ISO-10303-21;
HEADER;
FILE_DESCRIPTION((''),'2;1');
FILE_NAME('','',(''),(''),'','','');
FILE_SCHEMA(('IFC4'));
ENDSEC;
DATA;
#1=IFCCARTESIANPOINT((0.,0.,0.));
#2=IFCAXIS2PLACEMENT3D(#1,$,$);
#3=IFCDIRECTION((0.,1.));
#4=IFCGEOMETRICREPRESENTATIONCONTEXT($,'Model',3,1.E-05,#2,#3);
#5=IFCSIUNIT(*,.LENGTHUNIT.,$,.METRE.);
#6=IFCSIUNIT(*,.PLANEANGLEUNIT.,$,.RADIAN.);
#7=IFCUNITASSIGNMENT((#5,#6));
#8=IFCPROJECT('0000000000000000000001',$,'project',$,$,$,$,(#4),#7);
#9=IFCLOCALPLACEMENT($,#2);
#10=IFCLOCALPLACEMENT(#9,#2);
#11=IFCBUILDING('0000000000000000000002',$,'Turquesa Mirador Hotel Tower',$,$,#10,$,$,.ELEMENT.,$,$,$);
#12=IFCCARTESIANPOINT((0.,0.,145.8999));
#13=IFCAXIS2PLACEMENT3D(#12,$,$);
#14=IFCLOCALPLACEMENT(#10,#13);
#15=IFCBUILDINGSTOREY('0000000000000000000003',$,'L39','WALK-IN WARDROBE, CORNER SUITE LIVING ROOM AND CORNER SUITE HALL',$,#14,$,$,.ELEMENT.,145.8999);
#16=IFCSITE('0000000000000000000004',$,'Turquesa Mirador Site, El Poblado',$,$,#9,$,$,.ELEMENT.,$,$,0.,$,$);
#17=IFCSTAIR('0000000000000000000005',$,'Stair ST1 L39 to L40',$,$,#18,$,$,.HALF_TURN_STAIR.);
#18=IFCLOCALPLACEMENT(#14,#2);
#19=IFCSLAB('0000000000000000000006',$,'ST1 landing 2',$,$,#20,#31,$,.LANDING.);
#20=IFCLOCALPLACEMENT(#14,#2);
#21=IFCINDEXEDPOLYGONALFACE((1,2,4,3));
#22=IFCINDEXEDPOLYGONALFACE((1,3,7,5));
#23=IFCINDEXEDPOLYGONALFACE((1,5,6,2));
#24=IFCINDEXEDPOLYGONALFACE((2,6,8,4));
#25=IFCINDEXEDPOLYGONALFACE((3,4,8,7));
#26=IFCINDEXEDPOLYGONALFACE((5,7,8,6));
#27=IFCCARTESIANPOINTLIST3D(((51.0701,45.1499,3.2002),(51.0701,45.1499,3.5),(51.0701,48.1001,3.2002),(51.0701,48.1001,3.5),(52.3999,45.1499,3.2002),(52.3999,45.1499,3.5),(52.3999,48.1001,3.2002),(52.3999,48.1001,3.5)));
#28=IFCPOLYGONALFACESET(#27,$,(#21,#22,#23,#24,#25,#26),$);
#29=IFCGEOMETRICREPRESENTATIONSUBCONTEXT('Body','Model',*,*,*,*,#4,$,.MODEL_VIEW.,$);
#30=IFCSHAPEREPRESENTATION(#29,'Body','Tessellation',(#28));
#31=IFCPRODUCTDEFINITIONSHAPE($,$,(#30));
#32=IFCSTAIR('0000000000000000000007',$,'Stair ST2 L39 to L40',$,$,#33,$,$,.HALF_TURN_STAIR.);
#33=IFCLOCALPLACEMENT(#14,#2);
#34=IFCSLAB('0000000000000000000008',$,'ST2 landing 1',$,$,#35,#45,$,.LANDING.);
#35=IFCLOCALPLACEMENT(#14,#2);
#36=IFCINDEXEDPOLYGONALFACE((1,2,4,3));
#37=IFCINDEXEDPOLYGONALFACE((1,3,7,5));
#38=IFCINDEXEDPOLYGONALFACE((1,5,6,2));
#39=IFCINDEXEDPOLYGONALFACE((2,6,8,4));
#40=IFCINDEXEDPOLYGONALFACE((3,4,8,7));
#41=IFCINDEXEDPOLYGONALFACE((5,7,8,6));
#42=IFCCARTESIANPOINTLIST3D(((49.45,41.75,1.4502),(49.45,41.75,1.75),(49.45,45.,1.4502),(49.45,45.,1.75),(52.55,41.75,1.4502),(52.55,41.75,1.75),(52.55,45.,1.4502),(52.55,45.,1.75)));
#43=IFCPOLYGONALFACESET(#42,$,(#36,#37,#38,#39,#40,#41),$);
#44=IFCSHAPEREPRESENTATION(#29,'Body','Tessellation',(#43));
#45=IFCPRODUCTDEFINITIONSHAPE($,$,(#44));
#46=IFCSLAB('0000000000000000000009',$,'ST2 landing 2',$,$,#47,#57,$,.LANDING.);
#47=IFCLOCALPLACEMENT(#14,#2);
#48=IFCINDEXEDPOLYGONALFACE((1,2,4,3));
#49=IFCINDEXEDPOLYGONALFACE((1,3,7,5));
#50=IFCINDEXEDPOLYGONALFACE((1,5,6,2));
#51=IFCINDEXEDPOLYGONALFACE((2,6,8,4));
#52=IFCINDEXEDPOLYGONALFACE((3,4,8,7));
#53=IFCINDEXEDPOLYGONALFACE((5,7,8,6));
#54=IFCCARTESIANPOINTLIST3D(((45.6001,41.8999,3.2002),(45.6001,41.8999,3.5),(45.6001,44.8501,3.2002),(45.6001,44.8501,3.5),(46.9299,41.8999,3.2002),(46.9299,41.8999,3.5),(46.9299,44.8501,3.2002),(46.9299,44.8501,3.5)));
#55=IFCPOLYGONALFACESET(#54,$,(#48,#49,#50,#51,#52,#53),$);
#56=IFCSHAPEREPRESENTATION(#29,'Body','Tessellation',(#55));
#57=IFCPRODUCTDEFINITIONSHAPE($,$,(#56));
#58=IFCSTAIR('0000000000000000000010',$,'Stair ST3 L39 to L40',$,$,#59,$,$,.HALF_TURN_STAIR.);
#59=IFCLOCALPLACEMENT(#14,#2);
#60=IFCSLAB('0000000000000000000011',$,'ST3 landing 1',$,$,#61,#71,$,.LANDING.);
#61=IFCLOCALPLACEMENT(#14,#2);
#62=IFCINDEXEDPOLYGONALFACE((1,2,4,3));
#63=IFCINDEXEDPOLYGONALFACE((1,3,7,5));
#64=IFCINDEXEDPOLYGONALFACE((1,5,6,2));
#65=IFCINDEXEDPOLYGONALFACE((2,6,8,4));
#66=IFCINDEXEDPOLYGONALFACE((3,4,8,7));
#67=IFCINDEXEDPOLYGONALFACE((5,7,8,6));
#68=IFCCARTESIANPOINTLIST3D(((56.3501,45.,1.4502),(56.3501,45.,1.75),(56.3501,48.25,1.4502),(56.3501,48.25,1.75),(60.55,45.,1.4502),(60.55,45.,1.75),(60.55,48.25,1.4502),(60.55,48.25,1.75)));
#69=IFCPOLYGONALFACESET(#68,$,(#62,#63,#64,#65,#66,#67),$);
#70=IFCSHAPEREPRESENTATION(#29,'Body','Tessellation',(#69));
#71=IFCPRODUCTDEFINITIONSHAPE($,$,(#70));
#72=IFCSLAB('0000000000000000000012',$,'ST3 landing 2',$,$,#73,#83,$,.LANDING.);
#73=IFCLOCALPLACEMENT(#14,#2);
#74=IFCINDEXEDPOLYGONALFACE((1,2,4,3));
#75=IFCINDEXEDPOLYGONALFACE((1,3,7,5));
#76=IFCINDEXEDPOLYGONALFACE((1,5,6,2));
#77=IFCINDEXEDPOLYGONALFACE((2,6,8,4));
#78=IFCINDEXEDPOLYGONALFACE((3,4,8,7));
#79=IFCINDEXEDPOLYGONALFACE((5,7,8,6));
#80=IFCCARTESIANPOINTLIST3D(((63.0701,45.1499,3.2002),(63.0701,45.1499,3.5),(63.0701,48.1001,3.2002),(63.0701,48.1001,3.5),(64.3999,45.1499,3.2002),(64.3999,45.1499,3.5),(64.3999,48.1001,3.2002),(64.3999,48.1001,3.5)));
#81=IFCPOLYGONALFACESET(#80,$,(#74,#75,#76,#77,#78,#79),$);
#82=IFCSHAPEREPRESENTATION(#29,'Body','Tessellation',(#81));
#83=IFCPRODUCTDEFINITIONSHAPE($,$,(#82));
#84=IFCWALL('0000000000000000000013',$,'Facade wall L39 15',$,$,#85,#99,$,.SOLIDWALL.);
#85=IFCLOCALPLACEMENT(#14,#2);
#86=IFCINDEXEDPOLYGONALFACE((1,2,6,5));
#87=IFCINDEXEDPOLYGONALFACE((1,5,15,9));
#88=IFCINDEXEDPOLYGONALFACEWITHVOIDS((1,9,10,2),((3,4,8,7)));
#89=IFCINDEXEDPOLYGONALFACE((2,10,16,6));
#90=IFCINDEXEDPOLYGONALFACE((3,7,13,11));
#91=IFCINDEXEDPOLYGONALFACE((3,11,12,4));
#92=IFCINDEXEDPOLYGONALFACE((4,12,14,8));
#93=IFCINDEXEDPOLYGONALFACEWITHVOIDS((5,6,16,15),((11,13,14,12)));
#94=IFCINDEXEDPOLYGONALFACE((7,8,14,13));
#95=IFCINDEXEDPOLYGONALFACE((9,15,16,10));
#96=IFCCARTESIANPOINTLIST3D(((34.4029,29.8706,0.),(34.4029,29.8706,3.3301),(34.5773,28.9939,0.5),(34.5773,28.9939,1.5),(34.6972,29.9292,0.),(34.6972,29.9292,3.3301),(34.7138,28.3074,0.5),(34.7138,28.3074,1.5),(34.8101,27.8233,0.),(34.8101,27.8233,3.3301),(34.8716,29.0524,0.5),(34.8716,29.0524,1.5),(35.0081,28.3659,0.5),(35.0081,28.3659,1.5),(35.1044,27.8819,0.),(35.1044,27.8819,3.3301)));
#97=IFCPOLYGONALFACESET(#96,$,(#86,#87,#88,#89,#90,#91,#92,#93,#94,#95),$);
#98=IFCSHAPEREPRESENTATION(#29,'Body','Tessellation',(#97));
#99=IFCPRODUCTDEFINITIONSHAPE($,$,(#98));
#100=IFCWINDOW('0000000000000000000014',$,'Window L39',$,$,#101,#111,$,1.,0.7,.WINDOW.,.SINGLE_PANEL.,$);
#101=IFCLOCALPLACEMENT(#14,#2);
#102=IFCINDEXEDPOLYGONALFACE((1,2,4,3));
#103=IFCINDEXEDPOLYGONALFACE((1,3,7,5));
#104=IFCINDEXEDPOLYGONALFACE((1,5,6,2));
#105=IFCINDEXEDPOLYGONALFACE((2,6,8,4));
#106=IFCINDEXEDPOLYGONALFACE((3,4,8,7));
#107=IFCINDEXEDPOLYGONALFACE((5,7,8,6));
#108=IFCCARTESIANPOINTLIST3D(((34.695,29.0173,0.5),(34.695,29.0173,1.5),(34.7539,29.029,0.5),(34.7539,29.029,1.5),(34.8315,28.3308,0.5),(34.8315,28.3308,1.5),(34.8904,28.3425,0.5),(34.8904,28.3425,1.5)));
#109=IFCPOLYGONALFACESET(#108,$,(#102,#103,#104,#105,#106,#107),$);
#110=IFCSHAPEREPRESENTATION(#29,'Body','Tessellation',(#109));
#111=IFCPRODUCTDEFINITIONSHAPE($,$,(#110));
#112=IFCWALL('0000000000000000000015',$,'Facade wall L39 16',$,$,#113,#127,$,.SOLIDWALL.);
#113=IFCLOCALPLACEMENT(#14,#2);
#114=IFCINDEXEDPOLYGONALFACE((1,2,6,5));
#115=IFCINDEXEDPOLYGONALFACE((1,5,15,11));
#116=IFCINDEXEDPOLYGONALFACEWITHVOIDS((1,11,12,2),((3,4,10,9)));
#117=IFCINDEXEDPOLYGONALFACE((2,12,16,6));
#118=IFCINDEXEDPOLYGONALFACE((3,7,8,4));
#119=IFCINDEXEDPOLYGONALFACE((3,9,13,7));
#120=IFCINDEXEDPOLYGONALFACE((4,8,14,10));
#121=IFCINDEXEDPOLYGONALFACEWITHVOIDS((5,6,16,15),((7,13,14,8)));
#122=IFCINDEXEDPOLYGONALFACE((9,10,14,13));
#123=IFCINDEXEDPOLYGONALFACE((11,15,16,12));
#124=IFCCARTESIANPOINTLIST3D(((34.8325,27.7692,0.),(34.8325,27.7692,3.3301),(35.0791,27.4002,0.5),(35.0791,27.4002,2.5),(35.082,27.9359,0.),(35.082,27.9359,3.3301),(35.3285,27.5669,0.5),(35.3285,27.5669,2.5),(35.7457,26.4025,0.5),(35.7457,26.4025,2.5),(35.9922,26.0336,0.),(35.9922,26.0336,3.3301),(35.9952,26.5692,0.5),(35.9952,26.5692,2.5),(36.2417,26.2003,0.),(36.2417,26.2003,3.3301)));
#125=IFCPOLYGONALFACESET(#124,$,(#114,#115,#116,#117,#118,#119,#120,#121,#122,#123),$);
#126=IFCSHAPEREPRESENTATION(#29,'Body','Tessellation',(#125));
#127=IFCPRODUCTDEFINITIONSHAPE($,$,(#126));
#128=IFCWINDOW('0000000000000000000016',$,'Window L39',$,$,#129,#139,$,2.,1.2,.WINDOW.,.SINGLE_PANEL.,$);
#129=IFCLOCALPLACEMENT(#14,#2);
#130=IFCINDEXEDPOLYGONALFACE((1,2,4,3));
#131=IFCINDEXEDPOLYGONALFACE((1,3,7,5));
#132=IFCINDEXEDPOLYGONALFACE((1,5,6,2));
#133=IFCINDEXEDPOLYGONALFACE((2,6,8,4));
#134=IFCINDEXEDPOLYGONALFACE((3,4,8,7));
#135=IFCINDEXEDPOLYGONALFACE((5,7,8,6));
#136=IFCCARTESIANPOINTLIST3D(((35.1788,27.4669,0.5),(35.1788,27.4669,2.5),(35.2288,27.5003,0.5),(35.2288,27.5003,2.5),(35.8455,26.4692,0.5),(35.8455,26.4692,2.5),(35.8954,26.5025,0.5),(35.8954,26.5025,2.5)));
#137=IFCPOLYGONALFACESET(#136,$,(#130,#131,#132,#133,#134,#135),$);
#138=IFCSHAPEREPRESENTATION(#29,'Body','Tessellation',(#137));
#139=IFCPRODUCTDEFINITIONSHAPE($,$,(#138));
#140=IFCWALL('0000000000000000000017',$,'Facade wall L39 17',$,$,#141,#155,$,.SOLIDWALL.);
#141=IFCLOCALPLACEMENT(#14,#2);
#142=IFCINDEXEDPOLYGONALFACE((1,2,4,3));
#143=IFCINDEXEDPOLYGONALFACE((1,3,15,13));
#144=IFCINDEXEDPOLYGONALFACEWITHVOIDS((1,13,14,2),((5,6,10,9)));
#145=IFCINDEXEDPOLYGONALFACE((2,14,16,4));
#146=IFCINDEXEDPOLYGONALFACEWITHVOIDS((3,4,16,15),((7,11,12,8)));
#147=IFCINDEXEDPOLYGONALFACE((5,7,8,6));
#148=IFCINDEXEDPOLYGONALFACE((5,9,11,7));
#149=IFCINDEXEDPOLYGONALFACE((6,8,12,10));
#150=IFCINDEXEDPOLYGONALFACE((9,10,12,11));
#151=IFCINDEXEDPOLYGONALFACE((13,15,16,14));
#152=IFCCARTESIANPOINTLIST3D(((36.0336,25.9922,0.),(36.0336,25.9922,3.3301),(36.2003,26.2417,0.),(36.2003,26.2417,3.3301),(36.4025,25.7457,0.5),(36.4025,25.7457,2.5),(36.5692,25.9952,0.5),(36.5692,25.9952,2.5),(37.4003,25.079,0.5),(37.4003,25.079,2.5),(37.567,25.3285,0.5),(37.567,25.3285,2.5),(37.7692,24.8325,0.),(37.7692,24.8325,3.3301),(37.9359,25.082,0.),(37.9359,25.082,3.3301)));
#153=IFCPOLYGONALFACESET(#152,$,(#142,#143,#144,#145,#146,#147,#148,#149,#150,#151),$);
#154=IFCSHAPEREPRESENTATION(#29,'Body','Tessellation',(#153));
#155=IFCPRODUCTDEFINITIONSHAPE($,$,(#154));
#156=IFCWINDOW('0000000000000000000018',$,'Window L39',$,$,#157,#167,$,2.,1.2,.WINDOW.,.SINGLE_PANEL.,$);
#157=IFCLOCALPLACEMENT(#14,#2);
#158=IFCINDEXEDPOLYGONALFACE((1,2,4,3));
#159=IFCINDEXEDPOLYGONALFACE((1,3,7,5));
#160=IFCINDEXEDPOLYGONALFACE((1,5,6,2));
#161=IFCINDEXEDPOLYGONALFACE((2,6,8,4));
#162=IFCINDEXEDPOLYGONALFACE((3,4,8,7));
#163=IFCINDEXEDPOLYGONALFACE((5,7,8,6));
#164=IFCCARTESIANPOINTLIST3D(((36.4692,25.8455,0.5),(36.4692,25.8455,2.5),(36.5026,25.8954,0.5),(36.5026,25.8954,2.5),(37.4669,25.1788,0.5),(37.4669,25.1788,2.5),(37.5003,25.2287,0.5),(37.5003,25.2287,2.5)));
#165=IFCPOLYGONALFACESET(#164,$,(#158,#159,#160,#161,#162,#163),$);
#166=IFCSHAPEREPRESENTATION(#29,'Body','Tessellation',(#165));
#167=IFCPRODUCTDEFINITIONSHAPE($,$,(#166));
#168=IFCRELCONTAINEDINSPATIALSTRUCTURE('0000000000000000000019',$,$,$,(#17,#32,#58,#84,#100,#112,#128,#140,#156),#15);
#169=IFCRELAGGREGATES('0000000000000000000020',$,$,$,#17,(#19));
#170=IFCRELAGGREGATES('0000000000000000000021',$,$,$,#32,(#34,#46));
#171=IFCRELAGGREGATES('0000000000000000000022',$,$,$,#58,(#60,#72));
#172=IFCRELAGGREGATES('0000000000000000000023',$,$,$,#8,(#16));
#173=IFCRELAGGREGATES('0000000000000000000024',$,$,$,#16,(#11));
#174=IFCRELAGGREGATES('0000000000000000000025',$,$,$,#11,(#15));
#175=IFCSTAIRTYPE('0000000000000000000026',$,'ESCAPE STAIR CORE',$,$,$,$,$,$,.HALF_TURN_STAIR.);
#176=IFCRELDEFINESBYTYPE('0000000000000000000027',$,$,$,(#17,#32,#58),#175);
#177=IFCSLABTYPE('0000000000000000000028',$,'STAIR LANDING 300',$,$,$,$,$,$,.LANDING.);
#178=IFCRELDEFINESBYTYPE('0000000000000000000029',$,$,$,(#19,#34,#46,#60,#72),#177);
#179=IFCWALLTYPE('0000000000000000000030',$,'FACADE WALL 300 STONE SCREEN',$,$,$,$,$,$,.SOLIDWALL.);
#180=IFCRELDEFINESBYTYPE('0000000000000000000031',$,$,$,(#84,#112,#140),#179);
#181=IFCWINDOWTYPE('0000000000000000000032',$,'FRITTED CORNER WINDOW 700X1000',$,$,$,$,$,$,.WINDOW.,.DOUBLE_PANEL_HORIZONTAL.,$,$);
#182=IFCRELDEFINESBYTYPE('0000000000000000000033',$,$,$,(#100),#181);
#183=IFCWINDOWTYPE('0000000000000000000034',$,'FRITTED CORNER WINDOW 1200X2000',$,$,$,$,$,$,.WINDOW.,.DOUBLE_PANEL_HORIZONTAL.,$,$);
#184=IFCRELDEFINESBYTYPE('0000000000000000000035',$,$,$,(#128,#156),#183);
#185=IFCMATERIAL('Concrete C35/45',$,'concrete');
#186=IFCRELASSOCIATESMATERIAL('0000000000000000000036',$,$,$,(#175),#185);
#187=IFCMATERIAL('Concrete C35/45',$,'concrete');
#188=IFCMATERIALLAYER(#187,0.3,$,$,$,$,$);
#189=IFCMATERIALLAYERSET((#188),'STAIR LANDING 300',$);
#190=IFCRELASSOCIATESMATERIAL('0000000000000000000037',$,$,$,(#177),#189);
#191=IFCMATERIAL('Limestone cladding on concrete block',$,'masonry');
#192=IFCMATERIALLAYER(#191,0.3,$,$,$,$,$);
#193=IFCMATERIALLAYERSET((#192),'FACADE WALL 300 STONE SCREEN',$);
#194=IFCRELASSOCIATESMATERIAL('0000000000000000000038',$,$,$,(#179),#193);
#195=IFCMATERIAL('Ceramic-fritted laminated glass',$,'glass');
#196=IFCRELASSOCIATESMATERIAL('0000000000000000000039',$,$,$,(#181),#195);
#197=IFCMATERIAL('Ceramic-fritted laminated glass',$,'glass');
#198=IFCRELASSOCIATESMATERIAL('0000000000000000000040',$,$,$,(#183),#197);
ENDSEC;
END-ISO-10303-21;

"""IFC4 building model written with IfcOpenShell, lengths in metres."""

from ifc_helpers import new_model, si_unit, direction, frame, frame_2d, origin, place, context, subcontext, project, spatial, polyline, rectangle, outline, extrude, material, layer, layer_set, type_object, element, fill, aggregate, save


model = new_model("IFC4")

# Units and contexts
model_context = context("Model", 3, precision=1e-05, world=origin(), true_north=direction((0.0, 1.0)))
body_context = subcontext(model_context, "Body", "Model", "MODEL_VIEW")
ifc_project = project(units=[si_unit("LENGTHUNIT", "METRE"), si_unit("PLANEANGLEUNIT", "RADIAN")], contexts=[model_context])

# Site, building, storey
site_placement = place(None, origin())
site = spatial("IfcSite", under=ifc_project, at=site_placement, Name="Turquesa Mirador Site, El Poblado", CompositionType="ELEMENT", RefElevation=0.0)
building_placement = place(site_placement, origin())
building = spatial("IfcBuilding", under=site, at=building_placement, Name="Turquesa Mirador Hotel Tower", CompositionType="ELEMENT")
storey_placement = place(building_placement, frame((0.0, 0.0, 145.8999)))
storey = spatial("IfcBuildingStorey", under=building, at=storey_placement, Name="L39", Description="WALK-IN WARDROBE, CORNER SUITE LIVING ROOM AND CORNER SUITE HALL", CompositionType="ELEMENT", Elevation=145.8999)

# Stairs, slabs
ifc_material_1 = material(Name="Concrete C35/45", Category="concrete")
stair_type = type_object("IfcStairType", Name="ESCAPE STAIR CORE", PredefinedType="HALF_TURN_STAIR", material=ifc_material_1)
stair_1_placement = place(storey_placement, origin())
stair_1 = element("IfcStair", 1, at=stair_1_placement, inside=storey, type_object=stair_type, Name="Stair ST1 L39 to L40", PredefinedType="HALF_TURN_STAIR")
ifc_material_2 = material(Name="Concrete C35/45", Category="concrete")
ifc_layer_1 = layer(ifc_material_2, 0.3)
ifc_layer_set_1 = layer_set([ifc_layer_1], Name="STAIR LANDING 300")
slab_type_1 = type_object("IfcSlabType", Name="STAIR LANDING 300", PredefinedType="LANDING", material=ifc_layer_set_1)
slab_1_placement = place(storey_placement, frame((0.0, 0.0, 3.2002)))
slab_1 = element("IfcSlab", 2, at=slab_1_placement, type_object=slab_type_1, Name="ST1 landing 2", PredefinedType="LANDING", context=body_context, shape_type="SweptSolid", body=[
    extrude(outline(polyline([(51.0701, 45.1499), (52.3999, 45.1499), (52.3999, 48.1001), (51.0701, 48.1001), (51.0701, 45.1499)])), origin(), (0.0, 0.0, 1.0), 0.2998),
])
aggregate(stair_1, [slab_1])
stair_2_placement = place(storey_placement, origin())
stair_2 = element("IfcStair", 3, at=stair_2_placement, inside=storey, type_object=stair_type, Name="Stair ST2 L39 to L40", PredefinedType="HALF_TURN_STAIR")
slab_2_placement = place(storey_placement, frame((0.0, 0.0, 1.4502)))
slab_2 = element("IfcSlab", 4, at=slab_2_placement, type_object=slab_type_1, Name="ST2 landing 1", PredefinedType="LANDING", context=body_context, shape_type="SweptSolid", body=[
    extrude(outline(polyline([(52.55, 45.0), (49.45, 45.0), (49.45, 41.75), (52.55, 41.75), (52.55, 45.0)])), origin(), (0.0, 0.0, 1.0), 0.2998),
])
slab_3_placement = place(storey_placement, frame((0.0, 0.0, 3.2002)))
slab_3 = element("IfcSlab", 5, at=slab_3_placement, type_object=slab_type_1, Name="ST2 landing 2", PredefinedType="LANDING", context=body_context, shape_type="SweptSolid", body=[
    extrude(outline(polyline([(46.9299, 44.8501), (45.6001, 44.8501), (45.6001, 41.8999), (46.9299, 41.8999), (46.9299, 44.8501)])), origin(), (0.0, 0.0, 1.0), 0.2998),
])
aggregate(stair_2, [slab_2, slab_3])
stair_3_placement = place(storey_placement, origin())
stair_3 = element("IfcStair", 6, at=stair_3_placement, inside=storey, type_object=stair_type, Name="Stair ST3 L39 to L40", PredefinedType="HALF_TURN_STAIR")
slab_4_placement = place(storey_placement, frame((0.0, 0.0, 1.4502)))
slab_4 = element("IfcSlab", 7, at=slab_4_placement, type_object=slab_type_1, Name="ST3 landing 1", PredefinedType="LANDING", context=body_context, shape_type="SweptSolid", body=[
    extrude(outline(polyline([(56.3501, 45.0), (60.55, 45.0), (60.55, 48.25), (56.3501, 48.25), (56.3501, 45.0)])), origin(), (0.0, 0.0, 1.0), 0.2998),
])
slab_5_placement = place(storey_placement, frame((0.0, 0.0, 3.2002)))
slab_5 = element("IfcSlab", 8, at=slab_5_placement, type_object=slab_type_1, Name="ST3 landing 2", PredefinedType="LANDING", context=body_context, shape_type="SweptSolid", body=[
    extrude(outline(polyline([(63.0701, 45.1499), (64.3999, 45.1499), (64.3999, 48.1001), (63.0701, 48.1001), (63.0701, 45.1499)])), origin(), (0.0, 0.0, 1.0), 0.2998),
])
aggregate(stair_3, [slab_4, slab_5])

# Walls, openings, windows
ifc_material_3 = material(Name="Limestone cladding on concrete block", Category="masonry")
ifc_layer_2 = layer(ifc_material_3, 0.3)
ifc_layer_set_2 = layer_set([ifc_layer_2], Name="FACADE WALL 300 STONE SCREEN")
wall_type_1 = type_object("IfcWallType", Name="FACADE WALL 300 STONE SCREEN", PredefinedType="SOLIDWALL", material=ifc_layer_set_2)
wall_1_placement = place(storey_placement, frame((34.55, 29.8999, 0.0), z_axis=(0.0, 0.0, 1.0), x_axis=(0.195081, -0.980787, 0.0)))
wall_1 = element("IfcWall", 9, at=wall_1_placement, inside=storey, type_object=wall_type_1, Name="Facade wall L39 15", PredefinedType="SOLIDWALL", context=body_context, shape_type="SweptSolid", body=[
    extrude(rectangle(XDim=2.0874, YDim=0.3, at=frame_2d((1.0437, 0.0))), origin(), (0.0, 0.0, 1.0), 3.3301),
])
opening_1_placement = place(wall_1_placement, frame((0.8938, 0.0, 0.5)))
opening_1 = element("IfcOpeningElement", 10, at=opening_1_placement, cuts=wall_1, PredefinedType="OPENING", context=body_context, shape_type="SweptSolid", body=[
    extrude(rectangle(XDim=0.7, YDim=1.0, at=frame_2d((0.3501, 0.5))), frame((0.0, 0.1599, 0.0), z_axis=(0.0, -1.0, 0.0), x_axis=(1.0, 0.0, 0.0)), (0.0, 0.0, 1.0), 0.3201),
])
ifc_material_4 = material(Name="Ceramic-fritted laminated glass", Category="glass")
window_type_1 = type_object("IfcWindowType", Name="FRITTED CORNER WINDOW 700X1000", PartitioningType="DOUBLE_PANEL_HORIZONTAL", PredefinedType="WINDOW", material=ifc_material_4)
window_1_placement = place(opening_1_placement, origin())
window_1 = element("IfcWindow", 11, at=window_1_placement, inside=storey, type_object=window_type_1, Name="Window L39", OverallHeight=1.0, OverallWidth=0.7, PartitioningType="SINGLE_PANEL", PredefinedType="WINDOW", context=body_context, shape_type="SweptSolid", body=[
    extrude(rectangle(XDim=0.7, YDim=1.0, at=frame_2d((0.3501, 0.5))), frame((0.0, 0.03, 0.0), z_axis=(0.0, -1.0, 0.0), x_axis=(1.0, 0.0, 0.0)), (0.0, 0.0, 1.0), 0.0601),
])
fill(opening_1, window_1)
wall_2_placement = place(storey_placement, frame((34.9573, 27.8525, 0.0), z_axis=(0.0, 0.0, 1.0), x_axis=(0.555564, -0.831474, 0.0)))
wall_2 = element("IfcWall", 12, at=wall_2_placement, inside=storey, type_object=wall_type_1, Name="Facade wall L39 16", PredefinedType="SOLIDWALL", context=body_context, shape_type="SweptSolid", body=[
    extrude(rectangle(XDim=2.0874, YDim=0.3, at=frame_2d((1.0437, 0.0))), origin(), (0.0, 0.0, 1.0), 3.3301),
])
opening_2_placement = place(wall_2_placement, frame((0.4436, 0.0, 0.5)))
opening_2 = element("IfcOpeningElement", 13, at=opening_2_placement, cuts=wall_2, PredefinedType="OPENING", context=body_context, shape_type="SweptSolid", body=[
    extrude(rectangle(XDim=1.2, YDim=2.0, at=frame_2d((0.6001, 1.0))), frame((0.0, 0.1599, 0.0), z_axis=(0.0, -1.0, 0.0), x_axis=(1.0, 0.0, 0.0)), (0.0, 0.0, 1.0), 0.3201),
])
ifc_material_5 = material(Name="Ceramic-fritted laminated glass", Category="glass")
window_type_2 = type_object("IfcWindowType", Name="FRITTED CORNER WINDOW 1200X2000", PartitioningType="DOUBLE_PANEL_HORIZONTAL", PredefinedType="WINDOW", material=ifc_material_5)
window_2_placement = place(opening_2_placement, origin())
window_2 = element("IfcWindow", 14, at=window_2_placement, inside=storey, type_object=window_type_2, Name="Window L39", OverallHeight=2.0, OverallWidth=1.2, PartitioningType="SINGLE_PANEL", PredefinedType="WINDOW", context=body_context, shape_type="SweptSolid", body=[
    extrude(rectangle(XDim=1.2, YDim=2.0, at=frame_2d((0.6001, 1.0))), frame((0.0, 0.03, 0.0), z_axis=(0.0, -1.0, 0.0), x_axis=(1.0, 0.0, 0.0)), (0.0, 0.0, 1.0), 0.0601),
])
fill(opening_2, window_2)
wall_3_placement = place(storey_placement, frame((36.1169, 26.1169, 0.0), z_axis=(0.0, 0.0, 1.0), x_axis=(0.831474, -0.555564, 0.0)))
wall_3 = element("IfcWall", 15, at=wall_3_placement, inside=storey, type_object=wall_type_1, Name="Facade wall L39 17", PredefinedType="SOLIDWALL", context=body_context, shape_type="SweptSolid", body=[
    extrude(rectangle(XDim=2.0874, YDim=0.3, at=frame_2d((1.0437, 0.0))), origin(), (0.0, 0.0, 1.0), 3.3301),
])
opening_3_placement = place(wall_3_placement, frame((0.4436, 0.0, 0.5)))
opening_3 = element("IfcOpeningElement", 16, at=opening_3_placement, cuts=wall_3, PredefinedType="OPENING", context=body_context, shape_type="SweptSolid", body=[
    extrude(rectangle(XDim=1.2, YDim=2.0, at=frame_2d((0.6001, 1.0))), frame((0.0, 0.1599, 0.0), z_axis=(0.0, -1.0, 0.0), x_axis=(1.0, 0.0, 0.0)), (0.0, 0.0, 1.0), 0.3201),
])
window_3_placement = place(opening_3_placement, origin())
window_3 = element("IfcWindow", 17, at=window_3_placement, inside=storey, type_object=window_type_2, Name="Window L39", OverallHeight=2.0, OverallWidth=1.2, PartitioningType="SINGLE_PANEL", PredefinedType="WINDOW", context=body_context, shape_type="SweptSolid", body=[
    extrude(rectangle(XDim=1.2, YDim=2.0, at=frame_2d((0.6001, 1.0))), frame((0.0, 0.03, 0.0), z_axis=(0.0, -1.0, 0.0), x_axis=(1.0, 0.0, 0.0)), (0.0, 0.0, 1.0), 0.0601),
])
fill(opening_3, window_3)

save(model, "model.ifc")
